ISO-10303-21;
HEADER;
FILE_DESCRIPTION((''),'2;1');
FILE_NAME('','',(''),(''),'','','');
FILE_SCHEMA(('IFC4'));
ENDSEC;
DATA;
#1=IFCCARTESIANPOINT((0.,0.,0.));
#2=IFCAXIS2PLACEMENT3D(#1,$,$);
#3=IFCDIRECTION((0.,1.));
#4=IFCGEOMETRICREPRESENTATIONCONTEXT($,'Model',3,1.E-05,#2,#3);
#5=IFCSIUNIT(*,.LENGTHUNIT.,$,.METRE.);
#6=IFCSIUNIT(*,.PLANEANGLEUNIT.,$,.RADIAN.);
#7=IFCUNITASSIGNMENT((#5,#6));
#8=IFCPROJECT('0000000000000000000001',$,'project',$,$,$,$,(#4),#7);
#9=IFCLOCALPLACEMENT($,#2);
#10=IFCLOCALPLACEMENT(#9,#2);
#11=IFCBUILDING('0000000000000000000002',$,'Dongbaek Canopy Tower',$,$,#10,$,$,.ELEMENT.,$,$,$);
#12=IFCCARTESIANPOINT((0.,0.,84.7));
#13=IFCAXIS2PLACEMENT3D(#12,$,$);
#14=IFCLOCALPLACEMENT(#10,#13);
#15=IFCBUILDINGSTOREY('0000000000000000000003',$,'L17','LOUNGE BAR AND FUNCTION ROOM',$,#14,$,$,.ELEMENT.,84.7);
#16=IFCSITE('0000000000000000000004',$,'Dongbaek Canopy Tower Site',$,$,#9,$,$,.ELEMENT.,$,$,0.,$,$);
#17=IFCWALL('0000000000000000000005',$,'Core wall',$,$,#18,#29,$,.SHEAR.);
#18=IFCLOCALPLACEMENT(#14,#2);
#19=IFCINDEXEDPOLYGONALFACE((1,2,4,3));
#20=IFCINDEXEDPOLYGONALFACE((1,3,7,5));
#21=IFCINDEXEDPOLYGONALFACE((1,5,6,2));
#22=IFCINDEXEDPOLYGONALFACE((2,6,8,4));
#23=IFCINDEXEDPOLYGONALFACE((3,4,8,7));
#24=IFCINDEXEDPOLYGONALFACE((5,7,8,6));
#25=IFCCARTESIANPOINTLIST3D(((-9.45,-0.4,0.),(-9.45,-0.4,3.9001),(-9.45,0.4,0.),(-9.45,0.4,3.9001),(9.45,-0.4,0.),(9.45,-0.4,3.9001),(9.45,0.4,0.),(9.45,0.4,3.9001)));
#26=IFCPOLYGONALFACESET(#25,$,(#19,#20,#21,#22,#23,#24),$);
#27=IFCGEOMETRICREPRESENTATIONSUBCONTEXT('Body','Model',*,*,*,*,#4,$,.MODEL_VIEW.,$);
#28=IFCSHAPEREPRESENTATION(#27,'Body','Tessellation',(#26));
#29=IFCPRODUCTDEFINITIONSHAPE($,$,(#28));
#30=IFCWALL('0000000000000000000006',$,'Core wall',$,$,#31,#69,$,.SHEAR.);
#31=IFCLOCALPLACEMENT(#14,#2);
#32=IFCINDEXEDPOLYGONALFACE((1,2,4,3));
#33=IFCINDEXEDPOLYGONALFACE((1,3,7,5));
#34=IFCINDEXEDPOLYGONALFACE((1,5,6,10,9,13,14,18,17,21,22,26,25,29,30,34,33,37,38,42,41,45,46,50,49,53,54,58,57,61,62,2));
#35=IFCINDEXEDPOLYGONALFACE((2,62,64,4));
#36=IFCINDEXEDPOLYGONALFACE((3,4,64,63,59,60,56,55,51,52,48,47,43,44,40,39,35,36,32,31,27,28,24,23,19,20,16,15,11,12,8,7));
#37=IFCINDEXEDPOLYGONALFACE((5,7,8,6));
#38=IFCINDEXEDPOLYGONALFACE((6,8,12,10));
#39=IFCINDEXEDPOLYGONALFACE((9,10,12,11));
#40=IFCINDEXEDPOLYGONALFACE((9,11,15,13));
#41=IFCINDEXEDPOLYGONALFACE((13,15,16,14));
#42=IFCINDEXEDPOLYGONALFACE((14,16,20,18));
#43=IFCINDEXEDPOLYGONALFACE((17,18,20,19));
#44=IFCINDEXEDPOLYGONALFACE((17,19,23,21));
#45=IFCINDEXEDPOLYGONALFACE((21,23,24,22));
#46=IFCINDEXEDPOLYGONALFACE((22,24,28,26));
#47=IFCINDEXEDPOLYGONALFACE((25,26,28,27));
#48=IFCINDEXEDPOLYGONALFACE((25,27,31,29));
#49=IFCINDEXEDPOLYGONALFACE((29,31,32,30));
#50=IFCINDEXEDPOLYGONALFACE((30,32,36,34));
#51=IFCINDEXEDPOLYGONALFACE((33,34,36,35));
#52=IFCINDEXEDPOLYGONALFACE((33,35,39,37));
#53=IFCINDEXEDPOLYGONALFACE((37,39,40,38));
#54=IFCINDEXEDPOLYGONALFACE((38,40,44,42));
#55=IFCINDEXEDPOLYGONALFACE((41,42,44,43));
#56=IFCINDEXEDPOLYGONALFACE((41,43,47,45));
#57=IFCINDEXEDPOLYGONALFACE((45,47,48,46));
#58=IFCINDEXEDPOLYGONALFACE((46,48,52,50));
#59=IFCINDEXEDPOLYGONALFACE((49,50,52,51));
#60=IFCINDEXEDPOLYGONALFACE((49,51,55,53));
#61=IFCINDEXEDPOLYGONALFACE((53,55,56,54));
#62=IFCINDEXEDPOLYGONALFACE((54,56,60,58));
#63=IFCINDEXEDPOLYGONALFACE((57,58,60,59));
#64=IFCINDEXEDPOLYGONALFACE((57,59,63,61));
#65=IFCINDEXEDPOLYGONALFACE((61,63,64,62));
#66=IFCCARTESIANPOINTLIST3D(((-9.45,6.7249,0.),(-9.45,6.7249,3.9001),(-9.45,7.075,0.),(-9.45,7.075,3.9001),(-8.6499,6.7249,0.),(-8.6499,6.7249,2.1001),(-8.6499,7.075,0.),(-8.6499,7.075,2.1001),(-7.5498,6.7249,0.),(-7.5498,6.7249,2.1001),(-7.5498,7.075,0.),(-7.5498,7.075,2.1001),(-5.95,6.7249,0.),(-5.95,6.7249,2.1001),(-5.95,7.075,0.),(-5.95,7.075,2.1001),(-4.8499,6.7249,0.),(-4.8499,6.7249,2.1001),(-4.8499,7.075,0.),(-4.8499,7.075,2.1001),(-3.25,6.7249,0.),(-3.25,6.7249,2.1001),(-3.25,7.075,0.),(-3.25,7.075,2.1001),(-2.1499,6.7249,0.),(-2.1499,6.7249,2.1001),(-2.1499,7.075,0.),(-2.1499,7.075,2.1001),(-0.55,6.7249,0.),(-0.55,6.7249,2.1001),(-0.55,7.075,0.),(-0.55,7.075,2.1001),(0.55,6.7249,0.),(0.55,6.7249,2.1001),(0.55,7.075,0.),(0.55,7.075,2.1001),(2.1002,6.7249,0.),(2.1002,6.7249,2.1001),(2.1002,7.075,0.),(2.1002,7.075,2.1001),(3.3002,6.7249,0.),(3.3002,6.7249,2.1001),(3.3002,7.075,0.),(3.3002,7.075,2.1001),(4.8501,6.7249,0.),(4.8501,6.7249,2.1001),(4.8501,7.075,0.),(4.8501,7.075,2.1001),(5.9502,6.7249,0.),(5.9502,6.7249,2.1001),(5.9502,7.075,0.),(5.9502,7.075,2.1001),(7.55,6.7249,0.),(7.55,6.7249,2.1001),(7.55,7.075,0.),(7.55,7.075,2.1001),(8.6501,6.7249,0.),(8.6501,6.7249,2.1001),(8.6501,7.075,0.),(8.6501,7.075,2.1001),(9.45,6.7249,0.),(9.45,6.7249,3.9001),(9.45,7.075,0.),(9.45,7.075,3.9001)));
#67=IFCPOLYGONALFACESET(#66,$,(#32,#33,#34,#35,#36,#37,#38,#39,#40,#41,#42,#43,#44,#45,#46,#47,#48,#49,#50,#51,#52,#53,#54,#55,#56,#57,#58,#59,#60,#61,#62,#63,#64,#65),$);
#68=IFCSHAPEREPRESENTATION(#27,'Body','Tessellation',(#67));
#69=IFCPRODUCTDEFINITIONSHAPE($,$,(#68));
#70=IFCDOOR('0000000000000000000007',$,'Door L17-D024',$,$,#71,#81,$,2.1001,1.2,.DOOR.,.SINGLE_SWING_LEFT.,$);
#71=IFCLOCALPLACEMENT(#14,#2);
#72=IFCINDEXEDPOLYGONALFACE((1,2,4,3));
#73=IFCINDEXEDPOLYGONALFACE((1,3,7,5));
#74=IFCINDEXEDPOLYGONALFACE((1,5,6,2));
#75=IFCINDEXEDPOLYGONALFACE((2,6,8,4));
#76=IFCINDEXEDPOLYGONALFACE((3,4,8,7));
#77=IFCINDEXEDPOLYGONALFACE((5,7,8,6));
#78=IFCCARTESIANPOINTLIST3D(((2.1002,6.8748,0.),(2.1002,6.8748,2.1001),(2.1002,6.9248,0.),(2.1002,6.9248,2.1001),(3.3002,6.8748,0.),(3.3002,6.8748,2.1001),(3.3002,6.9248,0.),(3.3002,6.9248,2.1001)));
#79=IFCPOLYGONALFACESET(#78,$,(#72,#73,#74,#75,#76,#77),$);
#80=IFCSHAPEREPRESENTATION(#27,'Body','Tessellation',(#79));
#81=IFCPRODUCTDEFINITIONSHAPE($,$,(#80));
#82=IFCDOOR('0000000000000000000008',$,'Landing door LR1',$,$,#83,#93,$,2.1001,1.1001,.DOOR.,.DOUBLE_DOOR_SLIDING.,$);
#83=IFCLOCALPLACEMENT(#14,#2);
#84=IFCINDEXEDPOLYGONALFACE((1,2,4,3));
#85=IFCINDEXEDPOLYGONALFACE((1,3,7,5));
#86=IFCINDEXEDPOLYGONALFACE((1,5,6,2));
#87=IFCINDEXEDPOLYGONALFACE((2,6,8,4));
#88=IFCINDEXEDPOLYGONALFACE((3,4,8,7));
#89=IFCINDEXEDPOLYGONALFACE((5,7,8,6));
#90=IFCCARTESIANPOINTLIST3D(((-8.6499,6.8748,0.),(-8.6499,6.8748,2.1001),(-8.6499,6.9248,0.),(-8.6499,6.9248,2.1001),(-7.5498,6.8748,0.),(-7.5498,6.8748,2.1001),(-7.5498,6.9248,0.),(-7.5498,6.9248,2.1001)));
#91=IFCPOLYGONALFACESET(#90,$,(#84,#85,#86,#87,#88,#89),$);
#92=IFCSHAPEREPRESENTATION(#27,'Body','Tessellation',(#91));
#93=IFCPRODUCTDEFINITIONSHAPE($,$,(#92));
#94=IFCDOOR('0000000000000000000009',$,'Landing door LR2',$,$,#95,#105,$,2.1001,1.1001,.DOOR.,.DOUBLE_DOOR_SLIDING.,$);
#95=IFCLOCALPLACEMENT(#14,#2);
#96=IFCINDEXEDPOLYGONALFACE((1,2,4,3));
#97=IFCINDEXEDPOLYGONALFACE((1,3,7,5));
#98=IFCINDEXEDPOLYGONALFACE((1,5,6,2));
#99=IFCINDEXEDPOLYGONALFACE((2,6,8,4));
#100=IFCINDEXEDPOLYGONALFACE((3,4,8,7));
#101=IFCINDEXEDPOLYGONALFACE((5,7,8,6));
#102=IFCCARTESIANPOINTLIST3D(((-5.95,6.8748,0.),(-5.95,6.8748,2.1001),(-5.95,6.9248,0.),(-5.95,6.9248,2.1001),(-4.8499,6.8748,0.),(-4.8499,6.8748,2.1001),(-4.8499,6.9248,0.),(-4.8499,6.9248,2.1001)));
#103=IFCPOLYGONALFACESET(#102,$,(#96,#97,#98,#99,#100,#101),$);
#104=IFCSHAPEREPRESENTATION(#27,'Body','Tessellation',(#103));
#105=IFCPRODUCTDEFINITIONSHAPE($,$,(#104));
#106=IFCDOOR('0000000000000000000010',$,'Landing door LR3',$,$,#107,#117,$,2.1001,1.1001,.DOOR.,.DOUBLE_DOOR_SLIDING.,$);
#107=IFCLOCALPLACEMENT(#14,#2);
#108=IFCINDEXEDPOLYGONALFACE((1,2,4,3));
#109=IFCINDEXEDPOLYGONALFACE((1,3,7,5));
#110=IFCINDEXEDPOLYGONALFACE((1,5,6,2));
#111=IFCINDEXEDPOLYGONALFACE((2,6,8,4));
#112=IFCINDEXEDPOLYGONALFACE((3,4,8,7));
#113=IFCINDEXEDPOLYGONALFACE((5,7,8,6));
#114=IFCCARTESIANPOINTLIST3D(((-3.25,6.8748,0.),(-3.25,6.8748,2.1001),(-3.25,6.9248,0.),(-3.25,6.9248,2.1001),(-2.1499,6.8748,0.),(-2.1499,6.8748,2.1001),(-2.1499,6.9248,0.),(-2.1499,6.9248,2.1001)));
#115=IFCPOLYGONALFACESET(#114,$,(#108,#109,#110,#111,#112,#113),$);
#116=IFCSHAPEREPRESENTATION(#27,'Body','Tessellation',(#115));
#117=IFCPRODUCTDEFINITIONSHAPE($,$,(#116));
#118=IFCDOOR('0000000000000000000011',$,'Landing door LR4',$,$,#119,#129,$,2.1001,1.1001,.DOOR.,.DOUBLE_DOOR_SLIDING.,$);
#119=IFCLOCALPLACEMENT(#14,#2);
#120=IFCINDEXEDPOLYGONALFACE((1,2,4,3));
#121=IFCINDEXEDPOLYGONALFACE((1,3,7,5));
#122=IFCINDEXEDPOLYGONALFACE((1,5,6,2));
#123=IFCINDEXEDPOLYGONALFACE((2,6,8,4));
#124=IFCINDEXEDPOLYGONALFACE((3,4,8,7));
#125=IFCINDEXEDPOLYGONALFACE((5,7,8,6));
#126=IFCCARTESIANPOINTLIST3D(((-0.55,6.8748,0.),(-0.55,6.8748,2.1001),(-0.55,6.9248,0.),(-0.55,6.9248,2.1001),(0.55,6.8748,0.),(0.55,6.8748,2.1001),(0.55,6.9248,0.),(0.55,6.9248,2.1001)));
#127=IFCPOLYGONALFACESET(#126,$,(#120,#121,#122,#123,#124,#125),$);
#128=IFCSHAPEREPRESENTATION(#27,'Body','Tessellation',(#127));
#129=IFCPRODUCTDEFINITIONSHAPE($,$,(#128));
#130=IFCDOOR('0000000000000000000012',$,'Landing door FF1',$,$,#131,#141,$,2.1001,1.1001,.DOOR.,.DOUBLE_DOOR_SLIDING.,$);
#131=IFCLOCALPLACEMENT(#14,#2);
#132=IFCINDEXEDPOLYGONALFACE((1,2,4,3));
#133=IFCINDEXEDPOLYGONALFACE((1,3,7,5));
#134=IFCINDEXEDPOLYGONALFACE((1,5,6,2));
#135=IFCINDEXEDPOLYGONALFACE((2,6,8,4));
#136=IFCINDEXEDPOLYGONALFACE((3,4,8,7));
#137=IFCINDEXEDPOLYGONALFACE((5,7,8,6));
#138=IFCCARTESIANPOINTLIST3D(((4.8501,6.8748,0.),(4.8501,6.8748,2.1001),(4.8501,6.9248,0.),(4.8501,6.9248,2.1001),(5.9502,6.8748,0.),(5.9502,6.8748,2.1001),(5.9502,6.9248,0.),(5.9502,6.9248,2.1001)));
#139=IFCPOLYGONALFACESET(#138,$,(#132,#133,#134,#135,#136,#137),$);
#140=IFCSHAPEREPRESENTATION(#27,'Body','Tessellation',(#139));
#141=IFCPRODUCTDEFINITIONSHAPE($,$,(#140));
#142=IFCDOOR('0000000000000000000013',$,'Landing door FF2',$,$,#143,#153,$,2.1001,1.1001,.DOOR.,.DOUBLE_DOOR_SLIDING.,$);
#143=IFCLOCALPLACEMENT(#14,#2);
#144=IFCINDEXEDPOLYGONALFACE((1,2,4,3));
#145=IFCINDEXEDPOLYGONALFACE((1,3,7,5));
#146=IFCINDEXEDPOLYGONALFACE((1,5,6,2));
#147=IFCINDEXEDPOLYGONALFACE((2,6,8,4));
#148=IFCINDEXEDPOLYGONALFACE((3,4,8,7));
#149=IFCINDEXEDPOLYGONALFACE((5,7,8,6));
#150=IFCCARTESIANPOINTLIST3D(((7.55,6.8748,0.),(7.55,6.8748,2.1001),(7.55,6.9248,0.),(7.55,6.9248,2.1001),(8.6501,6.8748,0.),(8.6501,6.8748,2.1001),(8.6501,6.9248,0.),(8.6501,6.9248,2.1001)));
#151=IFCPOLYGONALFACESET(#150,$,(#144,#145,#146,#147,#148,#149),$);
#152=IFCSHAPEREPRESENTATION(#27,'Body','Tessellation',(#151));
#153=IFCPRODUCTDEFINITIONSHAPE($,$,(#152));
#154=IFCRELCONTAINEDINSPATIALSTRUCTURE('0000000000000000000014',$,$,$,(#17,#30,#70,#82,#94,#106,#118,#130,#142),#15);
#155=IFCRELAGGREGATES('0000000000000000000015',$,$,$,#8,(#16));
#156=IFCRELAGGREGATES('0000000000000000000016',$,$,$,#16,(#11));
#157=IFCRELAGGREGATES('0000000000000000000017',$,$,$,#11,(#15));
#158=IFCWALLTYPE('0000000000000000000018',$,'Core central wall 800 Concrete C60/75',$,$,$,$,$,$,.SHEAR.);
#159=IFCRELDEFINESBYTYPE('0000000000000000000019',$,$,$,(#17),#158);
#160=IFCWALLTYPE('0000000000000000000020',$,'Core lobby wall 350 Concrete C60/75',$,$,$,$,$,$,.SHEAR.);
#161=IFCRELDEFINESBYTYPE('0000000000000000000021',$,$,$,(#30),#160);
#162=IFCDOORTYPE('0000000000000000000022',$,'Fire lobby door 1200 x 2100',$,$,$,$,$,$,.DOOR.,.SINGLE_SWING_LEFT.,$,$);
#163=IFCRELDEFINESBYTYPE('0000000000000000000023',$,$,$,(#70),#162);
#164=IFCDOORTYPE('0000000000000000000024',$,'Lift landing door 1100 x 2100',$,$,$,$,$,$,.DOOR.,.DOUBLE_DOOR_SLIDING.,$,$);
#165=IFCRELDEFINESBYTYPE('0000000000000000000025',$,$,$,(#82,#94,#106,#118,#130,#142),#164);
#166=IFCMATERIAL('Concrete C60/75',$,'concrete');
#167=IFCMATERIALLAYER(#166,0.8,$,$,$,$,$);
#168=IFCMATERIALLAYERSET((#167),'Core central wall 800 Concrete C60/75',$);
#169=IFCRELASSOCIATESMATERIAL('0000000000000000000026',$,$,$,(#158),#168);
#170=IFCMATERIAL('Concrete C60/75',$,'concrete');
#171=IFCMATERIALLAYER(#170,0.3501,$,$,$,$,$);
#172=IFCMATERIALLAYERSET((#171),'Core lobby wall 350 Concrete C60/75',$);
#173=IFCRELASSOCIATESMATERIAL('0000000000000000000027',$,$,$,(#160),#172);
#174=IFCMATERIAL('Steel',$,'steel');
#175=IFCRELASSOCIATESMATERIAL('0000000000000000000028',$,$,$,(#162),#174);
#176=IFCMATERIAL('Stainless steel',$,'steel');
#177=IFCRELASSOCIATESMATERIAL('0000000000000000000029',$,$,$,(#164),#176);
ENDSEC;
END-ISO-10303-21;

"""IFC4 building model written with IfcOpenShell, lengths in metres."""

from ifc_helpers import new_model, si_unit, direction, frame, frame_2d, origin, place, context, subcontext, project, spatial, rectangle, extrude, material, layer, layer_set, type_object, element, fill, save


model = new_model("IFC4")

# Units and contexts
model_context = context("Model", 3, precision=1e-05, world=origin(), true_north=direction((0.0, 1.0)))
body_context = subcontext(model_context, "Body", "Model", "MODEL_VIEW")
ifc_project = project(units=[si_unit("LENGTHUNIT", "METRE"), si_unit("PLANEANGLEUNIT", "RADIAN")], contexts=[model_context])

# Site, building, storey
site_placement = place(None, origin())
site = spatial("IfcSite", under=ifc_project, at=site_placement, Name="Dongbaek Canopy Tower Site", CompositionType="ELEMENT", RefElevation=0.0)
building_placement = place(site_placement, origin())
building = spatial("IfcBuilding", under=site, at=building_placement, Name="Dongbaek Canopy Tower", CompositionType="ELEMENT")
storey_placement = place(building_placement, frame((0.0, 0.0, 84.7)))
storey = spatial("IfcBuildingStorey", under=building, at=storey_placement, Name="L17", Description="LOUNGE BAR AND FUNCTION ROOM", CompositionType="ELEMENT", Elevation=84.7)

# Wall
ifc_material_1 = material(Name="Concrete C60/75", Category="concrete")
ifc_layer_1 = layer(ifc_material_1, 0.8)
ifc_layer_set_1 = layer_set([ifc_layer_1], Name="Core central wall 800 Concrete C60/75")
wall_type_1 = type_object("IfcWallType", Name="Core central wall 800 Concrete C60/75", PredefinedType="SHEAR", material=ifc_layer_set_1)
wall_1_placement = place(storey_placement, frame((-9.45, 0.0, 0.0), z_axis=(0.0, 0.0, 1.0), x_axis=(1.0, 0.0, 0.0)))
element("IfcWall", 1, at=wall_1_placement, inside=storey, type_object=wall_type_1, Name="Core wall", PredefinedType="SHEAR", context=body_context, shape_type="SweptSolid", body=[
    extrude(rectangle(XDim=18.8999, YDim=0.8, at=frame_2d((9.45, 0.0))), origin(), (0.0, 0.0, 1.0), 3.9001),
])

# Wall, openings, doors
ifc_material_2 = material(Name="Concrete C60/75", Category="concrete")
ifc_layer_2 = layer(ifc_material_2, 0.3501)
ifc_layer_set_2 = layer_set([ifc_layer_2], Name="Core lobby wall 350 Concrete C60/75")
wall_type_2 = type_object("IfcWallType", Name="Core lobby wall 350 Concrete C60/75", PredefinedType="SHEAR", material=ifc_layer_set_2)
wall_2_placement = place(storey_placement, frame((-9.45, 6.8999, 0.0), z_axis=(0.0, 0.0, 1.0), x_axis=(1.0, 0.0, 0.0)))
wall_2 = element("IfcWall", 2, at=wall_2_placement, inside=storey, type_object=wall_type_2, Name="Core wall", PredefinedType="SHEAR", context=body_context, shape_type="SweptSolid", body=[
    extrude(rectangle(XDim=18.8999, YDim=0.3501, at=frame_2d((9.45, 0.0))), origin(), (0.0, 0.0, 1.0), 3.9001),
])
opening_1_placement = place(wall_2_placement, frame((0.8, 0.0, 0.0)))
opening_1 = element("IfcOpeningElement", 3, at=opening_1_placement, cuts=wall_2, PredefinedType="OPENING", context=body_context, shape_type="SweptSolid", body=[
    extrude(rectangle(XDim=1.1001, YDim=2.1001, at=frame_2d((0.55, 1.05))), frame((0.0, 0.1851, 0.0), z_axis=(0.0, -1.0, 0.0), x_axis=(1.0, 0.0, 0.0)), (0.0, 0.0, 1.0), 0.3701),
])
opening_2_placement = place(wall_2_placement, frame((3.5, 0.0, 0.0)))
opening_2 = element("IfcOpeningElement", 4, at=opening_2_placement, cuts=wall_2, PredefinedType="OPENING", context=body_context, shape_type="SweptSolid", body=[
    extrude(rectangle(XDim=1.1001, YDim=2.1001, at=frame_2d((0.55, 1.05))), frame((0.0, 0.1851, 0.0), z_axis=(0.0, -1.0, 0.0), x_axis=(1.0, 0.0, 0.0)), (0.0, 0.0, 1.0), 0.3701),
])
opening_3_placement = place(wall_2_placement, frame((6.2, 0.0, 0.0)))
opening_3 = element("IfcOpeningElement", 5, at=opening_3_placement, cuts=wall_2, PredefinedType="OPENING", context=body_context, shape_type="SweptSolid", body=[
    extrude(rectangle(XDim=1.1001, YDim=2.1001, at=frame_2d((0.55, 1.05))), frame((0.0, 0.1851, 0.0), z_axis=(0.0, -1.0, 0.0), x_axis=(1.0, 0.0, 0.0)), (0.0, 0.0, 1.0), 0.3701),
])
opening_4_placement = place(wall_2_placement, frame((8.8999, 0.0, 0.0)))
opening_4 = element("IfcOpeningElement", 6, at=opening_4_placement, cuts=wall_2, PredefinedType="OPENING", context=body_context, shape_type="SweptSolid", body=[
    extrude(rectangle(XDim=1.1001, YDim=2.1001, at=frame_2d((0.55, 1.05))), frame((0.0, 0.1851, 0.0), z_axis=(0.0, -1.0, 0.0), x_axis=(1.0, 0.0, 0.0)), (0.0, 0.0, 1.0), 0.3701),
])
opening_5_placement = place(wall_2_placement, frame((11.55, 0.0, 0.0)))
opening_5 = element("IfcOpeningElement", 7, at=opening_5_placement, cuts=wall_2, PredefinedType="OPENING", context=body_context, shape_type="SweptSolid", body=[
    extrude(rectangle(XDim=1.2, YDim=2.1001, at=frame_2d((0.6001, 1.05))), frame((0.0, 0.1851, 0.0), z_axis=(0.0, -1.0, 0.0), x_axis=(1.0, 0.0, 0.0)), (0.0, 0.0, 1.0), 0.3701),
])
opening_6_placement = place(wall_2_placement, frame((14.3, 0.0, 0.0)))
opening_6 = element("IfcOpeningElement", 8, at=opening_6_placement, cuts=wall_2, PredefinedType="OPENING", context=body_context, shape_type="SweptSolid", body=[
    extrude(rectangle(XDim=1.1001, YDim=2.1001, at=frame_2d((0.55, 1.05))), frame((0.0, 0.1851, 0.0), z_axis=(0.0, -1.0, 0.0), x_axis=(1.0, 0.0, 0.0)), (0.0, 0.0, 1.0), 0.3701),
])
opening_7_placement = place(wall_2_placement, frame((17.0, 0.0, 0.0)))
opening_7 = element("IfcOpeningElement", 9, at=opening_7_placement, cuts=wall_2, PredefinedType="OPENING", context=body_context, shape_type="SweptSolid", body=[
    extrude(rectangle(XDim=1.1001, YDim=2.1001, at=frame_2d((0.55, 1.05))), frame((0.0, 0.1851, 0.0), z_axis=(0.0, -1.0, 0.0), x_axis=(1.0, 0.0, 0.0)), (0.0, 0.0, 1.0), 0.3701),
])
ifc_material_3 = material(Name="Steel", Category="steel")
door_type_1 = type_object("IfcDoorType", Name="Fire lobby door 1200 x 2100", OperationType="SINGLE_SWING_LEFT", PredefinedType="DOOR", material=ifc_material_3)
door_1_placement = place(opening_5_placement, origin())
door_1 = element("IfcDoor", 10, at=door_1_placement, inside=storey, type_object=door_type_1, Name="Door L17-D024", OperationType="SINGLE_SWING_LEFT", OverallHeight=2.1001, OverallWidth=1.2, PredefinedType="DOOR", context=body_context, shape_type="SweptSolid", body=[
    extrude(rectangle(XDim=1.2, YDim=2.1001, at=frame_2d((0.6001, 1.05))), frame((0.0, 0.0249, 0.0), z_axis=(0.0, -1.0, 0.0), x_axis=(1.0, 0.0, 0.0)), (0.0, 0.0, 1.0), 0.05),
])
fill(opening_5, door_1)
ifc_material_4 = material(Name="Stainless steel", Category="steel")
door_type_2 = type_object("IfcDoorType", Name="Lift landing door 1100 x 2100", OperationType="DOUBLE_DOOR_SLIDING", PredefinedType="DOOR", material=ifc_material_4)
door_2_placement = place(opening_1_placement, origin())
door_2 = element("IfcDoor", 11, at=door_2_placement, inside=storey, type_object=door_type_2, Name="Landing door LR1", OperationType="DOUBLE_DOOR_SLIDING", OverallHeight=2.1001, OverallWidth=1.1001, PredefinedType="DOOR", context=body_context, shape_type="SweptSolid", body=[
    extrude(rectangle(XDim=1.1001, YDim=2.1001, at=frame_2d((0.55, 1.05))), frame((0.0, 0.0249, 0.0), z_axis=(0.0, -1.0, 0.0), x_axis=(1.0, 0.0, 0.0)), (0.0, 0.0, 1.0), 0.05),
])
fill(opening_1, door_2)
door_3_placement = place(opening_2_placement, origin())
door_3 = element("IfcDoor", 12, at=door_3_placement, inside=storey, type_object=door_type_2, Name="Landing door LR2", OperationType="DOUBLE_DOOR_SLIDING", OverallHeight=2.1001, OverallWidth=1.1001, PredefinedType="DOOR", context=body_context, shape_type="SweptSolid", body=[
    extrude(rectangle(XDim=1.1001, YDim=2.1001, at=frame_2d((0.55, 1.05))), frame((0.0, 0.0249, 0.0), z_axis=(0.0, -1.0, 0.0), x_axis=(1.0, 0.0, 0.0)), (0.0, 0.0, 1.0), 0.05),
])
fill(opening_2, door_3)
door_4_placement = place(opening_3_placement, origin())
door_4 = element("IfcDoor", 13, at=door_4_placement, inside=storey, type_object=door_type_2, Name="Landing door LR3", OperationType="DOUBLE_DOOR_SLIDING", OverallHeight=2.1001, OverallWidth=1.1001, PredefinedType="DOOR", context=body_context, shape_type="SweptSolid", body=[
    extrude(rectangle(XDim=1.1001, YDim=2.1001, at=frame_2d((0.55, 1.05))), frame((0.0, 0.0249, 0.0), z_axis=(0.0, -1.0, 0.0), x_axis=(1.0, 0.0, 0.0)), (0.0, 0.0, 1.0), 0.05),
])
fill(opening_3, door_4)
door_5_placement = place(opening_4_placement, origin())
door_5 = element("IfcDoor", 14, at=door_5_placement, inside=storey, type_object=door_type_2, Name="Landing door LR4", OperationType="DOUBLE_DOOR_SLIDING", OverallHeight=2.1001, OverallWidth=1.1001, PredefinedType="DOOR", context=body_context, shape_type="SweptSolid", body=[
    extrude(rectangle(XDim=1.1001, YDim=2.1001, at=frame_2d((0.55, 1.05))), frame((0.0, 0.0249, 0.0), z_axis=(0.0, -1.0, 0.0), x_axis=(1.0, 0.0, 0.0)), (0.0, 0.0, 1.0), 0.05),
])
fill(opening_4, door_5)
door_6_placement = place(opening_6_placement, origin())
door_6 = element("IfcDoor", 15, at=door_6_placement, inside=storey, type_object=door_type_2, Name="Landing door FF1", OperationType="DOUBLE_DOOR_SLIDING", OverallHeight=2.1001, OverallWidth=1.1001, PredefinedType="DOOR", context=body_context, shape_type="SweptSolid", body=[
    extrude(rectangle(XDim=1.1001, YDim=2.1001, at=frame_2d((0.55, 1.05))), frame((0.0, 0.0249, 0.0), z_axis=(0.0, -1.0, 0.0), x_axis=(1.0, 0.0, 0.0)), (0.0, 0.0, 1.0), 0.05),
])
fill(opening_6, door_6)
door_7_placement = place(opening_7_placement, origin())
door_7 = element("IfcDoor", 16, at=door_7_placement, inside=storey, type_object=door_type_2, Name="Landing door FF2", OperationType="DOUBLE_DOOR_SLIDING", OverallHeight=2.1001, OverallWidth=1.1001, PredefinedType="DOOR", context=body_context, shape_type="SweptSolid", body=[
    extrude(rectangle(XDim=1.1001, YDim=2.1001, at=frame_2d((0.55, 1.05))), frame((0.0, 0.0249, 0.0), z_axis=(0.0, -1.0, 0.0), x_axis=(1.0, 0.0, 0.0)), (0.0, 0.0, 1.0), 0.05),
])
fill(opening_7, door_7)

save(model, "model.ifc")
